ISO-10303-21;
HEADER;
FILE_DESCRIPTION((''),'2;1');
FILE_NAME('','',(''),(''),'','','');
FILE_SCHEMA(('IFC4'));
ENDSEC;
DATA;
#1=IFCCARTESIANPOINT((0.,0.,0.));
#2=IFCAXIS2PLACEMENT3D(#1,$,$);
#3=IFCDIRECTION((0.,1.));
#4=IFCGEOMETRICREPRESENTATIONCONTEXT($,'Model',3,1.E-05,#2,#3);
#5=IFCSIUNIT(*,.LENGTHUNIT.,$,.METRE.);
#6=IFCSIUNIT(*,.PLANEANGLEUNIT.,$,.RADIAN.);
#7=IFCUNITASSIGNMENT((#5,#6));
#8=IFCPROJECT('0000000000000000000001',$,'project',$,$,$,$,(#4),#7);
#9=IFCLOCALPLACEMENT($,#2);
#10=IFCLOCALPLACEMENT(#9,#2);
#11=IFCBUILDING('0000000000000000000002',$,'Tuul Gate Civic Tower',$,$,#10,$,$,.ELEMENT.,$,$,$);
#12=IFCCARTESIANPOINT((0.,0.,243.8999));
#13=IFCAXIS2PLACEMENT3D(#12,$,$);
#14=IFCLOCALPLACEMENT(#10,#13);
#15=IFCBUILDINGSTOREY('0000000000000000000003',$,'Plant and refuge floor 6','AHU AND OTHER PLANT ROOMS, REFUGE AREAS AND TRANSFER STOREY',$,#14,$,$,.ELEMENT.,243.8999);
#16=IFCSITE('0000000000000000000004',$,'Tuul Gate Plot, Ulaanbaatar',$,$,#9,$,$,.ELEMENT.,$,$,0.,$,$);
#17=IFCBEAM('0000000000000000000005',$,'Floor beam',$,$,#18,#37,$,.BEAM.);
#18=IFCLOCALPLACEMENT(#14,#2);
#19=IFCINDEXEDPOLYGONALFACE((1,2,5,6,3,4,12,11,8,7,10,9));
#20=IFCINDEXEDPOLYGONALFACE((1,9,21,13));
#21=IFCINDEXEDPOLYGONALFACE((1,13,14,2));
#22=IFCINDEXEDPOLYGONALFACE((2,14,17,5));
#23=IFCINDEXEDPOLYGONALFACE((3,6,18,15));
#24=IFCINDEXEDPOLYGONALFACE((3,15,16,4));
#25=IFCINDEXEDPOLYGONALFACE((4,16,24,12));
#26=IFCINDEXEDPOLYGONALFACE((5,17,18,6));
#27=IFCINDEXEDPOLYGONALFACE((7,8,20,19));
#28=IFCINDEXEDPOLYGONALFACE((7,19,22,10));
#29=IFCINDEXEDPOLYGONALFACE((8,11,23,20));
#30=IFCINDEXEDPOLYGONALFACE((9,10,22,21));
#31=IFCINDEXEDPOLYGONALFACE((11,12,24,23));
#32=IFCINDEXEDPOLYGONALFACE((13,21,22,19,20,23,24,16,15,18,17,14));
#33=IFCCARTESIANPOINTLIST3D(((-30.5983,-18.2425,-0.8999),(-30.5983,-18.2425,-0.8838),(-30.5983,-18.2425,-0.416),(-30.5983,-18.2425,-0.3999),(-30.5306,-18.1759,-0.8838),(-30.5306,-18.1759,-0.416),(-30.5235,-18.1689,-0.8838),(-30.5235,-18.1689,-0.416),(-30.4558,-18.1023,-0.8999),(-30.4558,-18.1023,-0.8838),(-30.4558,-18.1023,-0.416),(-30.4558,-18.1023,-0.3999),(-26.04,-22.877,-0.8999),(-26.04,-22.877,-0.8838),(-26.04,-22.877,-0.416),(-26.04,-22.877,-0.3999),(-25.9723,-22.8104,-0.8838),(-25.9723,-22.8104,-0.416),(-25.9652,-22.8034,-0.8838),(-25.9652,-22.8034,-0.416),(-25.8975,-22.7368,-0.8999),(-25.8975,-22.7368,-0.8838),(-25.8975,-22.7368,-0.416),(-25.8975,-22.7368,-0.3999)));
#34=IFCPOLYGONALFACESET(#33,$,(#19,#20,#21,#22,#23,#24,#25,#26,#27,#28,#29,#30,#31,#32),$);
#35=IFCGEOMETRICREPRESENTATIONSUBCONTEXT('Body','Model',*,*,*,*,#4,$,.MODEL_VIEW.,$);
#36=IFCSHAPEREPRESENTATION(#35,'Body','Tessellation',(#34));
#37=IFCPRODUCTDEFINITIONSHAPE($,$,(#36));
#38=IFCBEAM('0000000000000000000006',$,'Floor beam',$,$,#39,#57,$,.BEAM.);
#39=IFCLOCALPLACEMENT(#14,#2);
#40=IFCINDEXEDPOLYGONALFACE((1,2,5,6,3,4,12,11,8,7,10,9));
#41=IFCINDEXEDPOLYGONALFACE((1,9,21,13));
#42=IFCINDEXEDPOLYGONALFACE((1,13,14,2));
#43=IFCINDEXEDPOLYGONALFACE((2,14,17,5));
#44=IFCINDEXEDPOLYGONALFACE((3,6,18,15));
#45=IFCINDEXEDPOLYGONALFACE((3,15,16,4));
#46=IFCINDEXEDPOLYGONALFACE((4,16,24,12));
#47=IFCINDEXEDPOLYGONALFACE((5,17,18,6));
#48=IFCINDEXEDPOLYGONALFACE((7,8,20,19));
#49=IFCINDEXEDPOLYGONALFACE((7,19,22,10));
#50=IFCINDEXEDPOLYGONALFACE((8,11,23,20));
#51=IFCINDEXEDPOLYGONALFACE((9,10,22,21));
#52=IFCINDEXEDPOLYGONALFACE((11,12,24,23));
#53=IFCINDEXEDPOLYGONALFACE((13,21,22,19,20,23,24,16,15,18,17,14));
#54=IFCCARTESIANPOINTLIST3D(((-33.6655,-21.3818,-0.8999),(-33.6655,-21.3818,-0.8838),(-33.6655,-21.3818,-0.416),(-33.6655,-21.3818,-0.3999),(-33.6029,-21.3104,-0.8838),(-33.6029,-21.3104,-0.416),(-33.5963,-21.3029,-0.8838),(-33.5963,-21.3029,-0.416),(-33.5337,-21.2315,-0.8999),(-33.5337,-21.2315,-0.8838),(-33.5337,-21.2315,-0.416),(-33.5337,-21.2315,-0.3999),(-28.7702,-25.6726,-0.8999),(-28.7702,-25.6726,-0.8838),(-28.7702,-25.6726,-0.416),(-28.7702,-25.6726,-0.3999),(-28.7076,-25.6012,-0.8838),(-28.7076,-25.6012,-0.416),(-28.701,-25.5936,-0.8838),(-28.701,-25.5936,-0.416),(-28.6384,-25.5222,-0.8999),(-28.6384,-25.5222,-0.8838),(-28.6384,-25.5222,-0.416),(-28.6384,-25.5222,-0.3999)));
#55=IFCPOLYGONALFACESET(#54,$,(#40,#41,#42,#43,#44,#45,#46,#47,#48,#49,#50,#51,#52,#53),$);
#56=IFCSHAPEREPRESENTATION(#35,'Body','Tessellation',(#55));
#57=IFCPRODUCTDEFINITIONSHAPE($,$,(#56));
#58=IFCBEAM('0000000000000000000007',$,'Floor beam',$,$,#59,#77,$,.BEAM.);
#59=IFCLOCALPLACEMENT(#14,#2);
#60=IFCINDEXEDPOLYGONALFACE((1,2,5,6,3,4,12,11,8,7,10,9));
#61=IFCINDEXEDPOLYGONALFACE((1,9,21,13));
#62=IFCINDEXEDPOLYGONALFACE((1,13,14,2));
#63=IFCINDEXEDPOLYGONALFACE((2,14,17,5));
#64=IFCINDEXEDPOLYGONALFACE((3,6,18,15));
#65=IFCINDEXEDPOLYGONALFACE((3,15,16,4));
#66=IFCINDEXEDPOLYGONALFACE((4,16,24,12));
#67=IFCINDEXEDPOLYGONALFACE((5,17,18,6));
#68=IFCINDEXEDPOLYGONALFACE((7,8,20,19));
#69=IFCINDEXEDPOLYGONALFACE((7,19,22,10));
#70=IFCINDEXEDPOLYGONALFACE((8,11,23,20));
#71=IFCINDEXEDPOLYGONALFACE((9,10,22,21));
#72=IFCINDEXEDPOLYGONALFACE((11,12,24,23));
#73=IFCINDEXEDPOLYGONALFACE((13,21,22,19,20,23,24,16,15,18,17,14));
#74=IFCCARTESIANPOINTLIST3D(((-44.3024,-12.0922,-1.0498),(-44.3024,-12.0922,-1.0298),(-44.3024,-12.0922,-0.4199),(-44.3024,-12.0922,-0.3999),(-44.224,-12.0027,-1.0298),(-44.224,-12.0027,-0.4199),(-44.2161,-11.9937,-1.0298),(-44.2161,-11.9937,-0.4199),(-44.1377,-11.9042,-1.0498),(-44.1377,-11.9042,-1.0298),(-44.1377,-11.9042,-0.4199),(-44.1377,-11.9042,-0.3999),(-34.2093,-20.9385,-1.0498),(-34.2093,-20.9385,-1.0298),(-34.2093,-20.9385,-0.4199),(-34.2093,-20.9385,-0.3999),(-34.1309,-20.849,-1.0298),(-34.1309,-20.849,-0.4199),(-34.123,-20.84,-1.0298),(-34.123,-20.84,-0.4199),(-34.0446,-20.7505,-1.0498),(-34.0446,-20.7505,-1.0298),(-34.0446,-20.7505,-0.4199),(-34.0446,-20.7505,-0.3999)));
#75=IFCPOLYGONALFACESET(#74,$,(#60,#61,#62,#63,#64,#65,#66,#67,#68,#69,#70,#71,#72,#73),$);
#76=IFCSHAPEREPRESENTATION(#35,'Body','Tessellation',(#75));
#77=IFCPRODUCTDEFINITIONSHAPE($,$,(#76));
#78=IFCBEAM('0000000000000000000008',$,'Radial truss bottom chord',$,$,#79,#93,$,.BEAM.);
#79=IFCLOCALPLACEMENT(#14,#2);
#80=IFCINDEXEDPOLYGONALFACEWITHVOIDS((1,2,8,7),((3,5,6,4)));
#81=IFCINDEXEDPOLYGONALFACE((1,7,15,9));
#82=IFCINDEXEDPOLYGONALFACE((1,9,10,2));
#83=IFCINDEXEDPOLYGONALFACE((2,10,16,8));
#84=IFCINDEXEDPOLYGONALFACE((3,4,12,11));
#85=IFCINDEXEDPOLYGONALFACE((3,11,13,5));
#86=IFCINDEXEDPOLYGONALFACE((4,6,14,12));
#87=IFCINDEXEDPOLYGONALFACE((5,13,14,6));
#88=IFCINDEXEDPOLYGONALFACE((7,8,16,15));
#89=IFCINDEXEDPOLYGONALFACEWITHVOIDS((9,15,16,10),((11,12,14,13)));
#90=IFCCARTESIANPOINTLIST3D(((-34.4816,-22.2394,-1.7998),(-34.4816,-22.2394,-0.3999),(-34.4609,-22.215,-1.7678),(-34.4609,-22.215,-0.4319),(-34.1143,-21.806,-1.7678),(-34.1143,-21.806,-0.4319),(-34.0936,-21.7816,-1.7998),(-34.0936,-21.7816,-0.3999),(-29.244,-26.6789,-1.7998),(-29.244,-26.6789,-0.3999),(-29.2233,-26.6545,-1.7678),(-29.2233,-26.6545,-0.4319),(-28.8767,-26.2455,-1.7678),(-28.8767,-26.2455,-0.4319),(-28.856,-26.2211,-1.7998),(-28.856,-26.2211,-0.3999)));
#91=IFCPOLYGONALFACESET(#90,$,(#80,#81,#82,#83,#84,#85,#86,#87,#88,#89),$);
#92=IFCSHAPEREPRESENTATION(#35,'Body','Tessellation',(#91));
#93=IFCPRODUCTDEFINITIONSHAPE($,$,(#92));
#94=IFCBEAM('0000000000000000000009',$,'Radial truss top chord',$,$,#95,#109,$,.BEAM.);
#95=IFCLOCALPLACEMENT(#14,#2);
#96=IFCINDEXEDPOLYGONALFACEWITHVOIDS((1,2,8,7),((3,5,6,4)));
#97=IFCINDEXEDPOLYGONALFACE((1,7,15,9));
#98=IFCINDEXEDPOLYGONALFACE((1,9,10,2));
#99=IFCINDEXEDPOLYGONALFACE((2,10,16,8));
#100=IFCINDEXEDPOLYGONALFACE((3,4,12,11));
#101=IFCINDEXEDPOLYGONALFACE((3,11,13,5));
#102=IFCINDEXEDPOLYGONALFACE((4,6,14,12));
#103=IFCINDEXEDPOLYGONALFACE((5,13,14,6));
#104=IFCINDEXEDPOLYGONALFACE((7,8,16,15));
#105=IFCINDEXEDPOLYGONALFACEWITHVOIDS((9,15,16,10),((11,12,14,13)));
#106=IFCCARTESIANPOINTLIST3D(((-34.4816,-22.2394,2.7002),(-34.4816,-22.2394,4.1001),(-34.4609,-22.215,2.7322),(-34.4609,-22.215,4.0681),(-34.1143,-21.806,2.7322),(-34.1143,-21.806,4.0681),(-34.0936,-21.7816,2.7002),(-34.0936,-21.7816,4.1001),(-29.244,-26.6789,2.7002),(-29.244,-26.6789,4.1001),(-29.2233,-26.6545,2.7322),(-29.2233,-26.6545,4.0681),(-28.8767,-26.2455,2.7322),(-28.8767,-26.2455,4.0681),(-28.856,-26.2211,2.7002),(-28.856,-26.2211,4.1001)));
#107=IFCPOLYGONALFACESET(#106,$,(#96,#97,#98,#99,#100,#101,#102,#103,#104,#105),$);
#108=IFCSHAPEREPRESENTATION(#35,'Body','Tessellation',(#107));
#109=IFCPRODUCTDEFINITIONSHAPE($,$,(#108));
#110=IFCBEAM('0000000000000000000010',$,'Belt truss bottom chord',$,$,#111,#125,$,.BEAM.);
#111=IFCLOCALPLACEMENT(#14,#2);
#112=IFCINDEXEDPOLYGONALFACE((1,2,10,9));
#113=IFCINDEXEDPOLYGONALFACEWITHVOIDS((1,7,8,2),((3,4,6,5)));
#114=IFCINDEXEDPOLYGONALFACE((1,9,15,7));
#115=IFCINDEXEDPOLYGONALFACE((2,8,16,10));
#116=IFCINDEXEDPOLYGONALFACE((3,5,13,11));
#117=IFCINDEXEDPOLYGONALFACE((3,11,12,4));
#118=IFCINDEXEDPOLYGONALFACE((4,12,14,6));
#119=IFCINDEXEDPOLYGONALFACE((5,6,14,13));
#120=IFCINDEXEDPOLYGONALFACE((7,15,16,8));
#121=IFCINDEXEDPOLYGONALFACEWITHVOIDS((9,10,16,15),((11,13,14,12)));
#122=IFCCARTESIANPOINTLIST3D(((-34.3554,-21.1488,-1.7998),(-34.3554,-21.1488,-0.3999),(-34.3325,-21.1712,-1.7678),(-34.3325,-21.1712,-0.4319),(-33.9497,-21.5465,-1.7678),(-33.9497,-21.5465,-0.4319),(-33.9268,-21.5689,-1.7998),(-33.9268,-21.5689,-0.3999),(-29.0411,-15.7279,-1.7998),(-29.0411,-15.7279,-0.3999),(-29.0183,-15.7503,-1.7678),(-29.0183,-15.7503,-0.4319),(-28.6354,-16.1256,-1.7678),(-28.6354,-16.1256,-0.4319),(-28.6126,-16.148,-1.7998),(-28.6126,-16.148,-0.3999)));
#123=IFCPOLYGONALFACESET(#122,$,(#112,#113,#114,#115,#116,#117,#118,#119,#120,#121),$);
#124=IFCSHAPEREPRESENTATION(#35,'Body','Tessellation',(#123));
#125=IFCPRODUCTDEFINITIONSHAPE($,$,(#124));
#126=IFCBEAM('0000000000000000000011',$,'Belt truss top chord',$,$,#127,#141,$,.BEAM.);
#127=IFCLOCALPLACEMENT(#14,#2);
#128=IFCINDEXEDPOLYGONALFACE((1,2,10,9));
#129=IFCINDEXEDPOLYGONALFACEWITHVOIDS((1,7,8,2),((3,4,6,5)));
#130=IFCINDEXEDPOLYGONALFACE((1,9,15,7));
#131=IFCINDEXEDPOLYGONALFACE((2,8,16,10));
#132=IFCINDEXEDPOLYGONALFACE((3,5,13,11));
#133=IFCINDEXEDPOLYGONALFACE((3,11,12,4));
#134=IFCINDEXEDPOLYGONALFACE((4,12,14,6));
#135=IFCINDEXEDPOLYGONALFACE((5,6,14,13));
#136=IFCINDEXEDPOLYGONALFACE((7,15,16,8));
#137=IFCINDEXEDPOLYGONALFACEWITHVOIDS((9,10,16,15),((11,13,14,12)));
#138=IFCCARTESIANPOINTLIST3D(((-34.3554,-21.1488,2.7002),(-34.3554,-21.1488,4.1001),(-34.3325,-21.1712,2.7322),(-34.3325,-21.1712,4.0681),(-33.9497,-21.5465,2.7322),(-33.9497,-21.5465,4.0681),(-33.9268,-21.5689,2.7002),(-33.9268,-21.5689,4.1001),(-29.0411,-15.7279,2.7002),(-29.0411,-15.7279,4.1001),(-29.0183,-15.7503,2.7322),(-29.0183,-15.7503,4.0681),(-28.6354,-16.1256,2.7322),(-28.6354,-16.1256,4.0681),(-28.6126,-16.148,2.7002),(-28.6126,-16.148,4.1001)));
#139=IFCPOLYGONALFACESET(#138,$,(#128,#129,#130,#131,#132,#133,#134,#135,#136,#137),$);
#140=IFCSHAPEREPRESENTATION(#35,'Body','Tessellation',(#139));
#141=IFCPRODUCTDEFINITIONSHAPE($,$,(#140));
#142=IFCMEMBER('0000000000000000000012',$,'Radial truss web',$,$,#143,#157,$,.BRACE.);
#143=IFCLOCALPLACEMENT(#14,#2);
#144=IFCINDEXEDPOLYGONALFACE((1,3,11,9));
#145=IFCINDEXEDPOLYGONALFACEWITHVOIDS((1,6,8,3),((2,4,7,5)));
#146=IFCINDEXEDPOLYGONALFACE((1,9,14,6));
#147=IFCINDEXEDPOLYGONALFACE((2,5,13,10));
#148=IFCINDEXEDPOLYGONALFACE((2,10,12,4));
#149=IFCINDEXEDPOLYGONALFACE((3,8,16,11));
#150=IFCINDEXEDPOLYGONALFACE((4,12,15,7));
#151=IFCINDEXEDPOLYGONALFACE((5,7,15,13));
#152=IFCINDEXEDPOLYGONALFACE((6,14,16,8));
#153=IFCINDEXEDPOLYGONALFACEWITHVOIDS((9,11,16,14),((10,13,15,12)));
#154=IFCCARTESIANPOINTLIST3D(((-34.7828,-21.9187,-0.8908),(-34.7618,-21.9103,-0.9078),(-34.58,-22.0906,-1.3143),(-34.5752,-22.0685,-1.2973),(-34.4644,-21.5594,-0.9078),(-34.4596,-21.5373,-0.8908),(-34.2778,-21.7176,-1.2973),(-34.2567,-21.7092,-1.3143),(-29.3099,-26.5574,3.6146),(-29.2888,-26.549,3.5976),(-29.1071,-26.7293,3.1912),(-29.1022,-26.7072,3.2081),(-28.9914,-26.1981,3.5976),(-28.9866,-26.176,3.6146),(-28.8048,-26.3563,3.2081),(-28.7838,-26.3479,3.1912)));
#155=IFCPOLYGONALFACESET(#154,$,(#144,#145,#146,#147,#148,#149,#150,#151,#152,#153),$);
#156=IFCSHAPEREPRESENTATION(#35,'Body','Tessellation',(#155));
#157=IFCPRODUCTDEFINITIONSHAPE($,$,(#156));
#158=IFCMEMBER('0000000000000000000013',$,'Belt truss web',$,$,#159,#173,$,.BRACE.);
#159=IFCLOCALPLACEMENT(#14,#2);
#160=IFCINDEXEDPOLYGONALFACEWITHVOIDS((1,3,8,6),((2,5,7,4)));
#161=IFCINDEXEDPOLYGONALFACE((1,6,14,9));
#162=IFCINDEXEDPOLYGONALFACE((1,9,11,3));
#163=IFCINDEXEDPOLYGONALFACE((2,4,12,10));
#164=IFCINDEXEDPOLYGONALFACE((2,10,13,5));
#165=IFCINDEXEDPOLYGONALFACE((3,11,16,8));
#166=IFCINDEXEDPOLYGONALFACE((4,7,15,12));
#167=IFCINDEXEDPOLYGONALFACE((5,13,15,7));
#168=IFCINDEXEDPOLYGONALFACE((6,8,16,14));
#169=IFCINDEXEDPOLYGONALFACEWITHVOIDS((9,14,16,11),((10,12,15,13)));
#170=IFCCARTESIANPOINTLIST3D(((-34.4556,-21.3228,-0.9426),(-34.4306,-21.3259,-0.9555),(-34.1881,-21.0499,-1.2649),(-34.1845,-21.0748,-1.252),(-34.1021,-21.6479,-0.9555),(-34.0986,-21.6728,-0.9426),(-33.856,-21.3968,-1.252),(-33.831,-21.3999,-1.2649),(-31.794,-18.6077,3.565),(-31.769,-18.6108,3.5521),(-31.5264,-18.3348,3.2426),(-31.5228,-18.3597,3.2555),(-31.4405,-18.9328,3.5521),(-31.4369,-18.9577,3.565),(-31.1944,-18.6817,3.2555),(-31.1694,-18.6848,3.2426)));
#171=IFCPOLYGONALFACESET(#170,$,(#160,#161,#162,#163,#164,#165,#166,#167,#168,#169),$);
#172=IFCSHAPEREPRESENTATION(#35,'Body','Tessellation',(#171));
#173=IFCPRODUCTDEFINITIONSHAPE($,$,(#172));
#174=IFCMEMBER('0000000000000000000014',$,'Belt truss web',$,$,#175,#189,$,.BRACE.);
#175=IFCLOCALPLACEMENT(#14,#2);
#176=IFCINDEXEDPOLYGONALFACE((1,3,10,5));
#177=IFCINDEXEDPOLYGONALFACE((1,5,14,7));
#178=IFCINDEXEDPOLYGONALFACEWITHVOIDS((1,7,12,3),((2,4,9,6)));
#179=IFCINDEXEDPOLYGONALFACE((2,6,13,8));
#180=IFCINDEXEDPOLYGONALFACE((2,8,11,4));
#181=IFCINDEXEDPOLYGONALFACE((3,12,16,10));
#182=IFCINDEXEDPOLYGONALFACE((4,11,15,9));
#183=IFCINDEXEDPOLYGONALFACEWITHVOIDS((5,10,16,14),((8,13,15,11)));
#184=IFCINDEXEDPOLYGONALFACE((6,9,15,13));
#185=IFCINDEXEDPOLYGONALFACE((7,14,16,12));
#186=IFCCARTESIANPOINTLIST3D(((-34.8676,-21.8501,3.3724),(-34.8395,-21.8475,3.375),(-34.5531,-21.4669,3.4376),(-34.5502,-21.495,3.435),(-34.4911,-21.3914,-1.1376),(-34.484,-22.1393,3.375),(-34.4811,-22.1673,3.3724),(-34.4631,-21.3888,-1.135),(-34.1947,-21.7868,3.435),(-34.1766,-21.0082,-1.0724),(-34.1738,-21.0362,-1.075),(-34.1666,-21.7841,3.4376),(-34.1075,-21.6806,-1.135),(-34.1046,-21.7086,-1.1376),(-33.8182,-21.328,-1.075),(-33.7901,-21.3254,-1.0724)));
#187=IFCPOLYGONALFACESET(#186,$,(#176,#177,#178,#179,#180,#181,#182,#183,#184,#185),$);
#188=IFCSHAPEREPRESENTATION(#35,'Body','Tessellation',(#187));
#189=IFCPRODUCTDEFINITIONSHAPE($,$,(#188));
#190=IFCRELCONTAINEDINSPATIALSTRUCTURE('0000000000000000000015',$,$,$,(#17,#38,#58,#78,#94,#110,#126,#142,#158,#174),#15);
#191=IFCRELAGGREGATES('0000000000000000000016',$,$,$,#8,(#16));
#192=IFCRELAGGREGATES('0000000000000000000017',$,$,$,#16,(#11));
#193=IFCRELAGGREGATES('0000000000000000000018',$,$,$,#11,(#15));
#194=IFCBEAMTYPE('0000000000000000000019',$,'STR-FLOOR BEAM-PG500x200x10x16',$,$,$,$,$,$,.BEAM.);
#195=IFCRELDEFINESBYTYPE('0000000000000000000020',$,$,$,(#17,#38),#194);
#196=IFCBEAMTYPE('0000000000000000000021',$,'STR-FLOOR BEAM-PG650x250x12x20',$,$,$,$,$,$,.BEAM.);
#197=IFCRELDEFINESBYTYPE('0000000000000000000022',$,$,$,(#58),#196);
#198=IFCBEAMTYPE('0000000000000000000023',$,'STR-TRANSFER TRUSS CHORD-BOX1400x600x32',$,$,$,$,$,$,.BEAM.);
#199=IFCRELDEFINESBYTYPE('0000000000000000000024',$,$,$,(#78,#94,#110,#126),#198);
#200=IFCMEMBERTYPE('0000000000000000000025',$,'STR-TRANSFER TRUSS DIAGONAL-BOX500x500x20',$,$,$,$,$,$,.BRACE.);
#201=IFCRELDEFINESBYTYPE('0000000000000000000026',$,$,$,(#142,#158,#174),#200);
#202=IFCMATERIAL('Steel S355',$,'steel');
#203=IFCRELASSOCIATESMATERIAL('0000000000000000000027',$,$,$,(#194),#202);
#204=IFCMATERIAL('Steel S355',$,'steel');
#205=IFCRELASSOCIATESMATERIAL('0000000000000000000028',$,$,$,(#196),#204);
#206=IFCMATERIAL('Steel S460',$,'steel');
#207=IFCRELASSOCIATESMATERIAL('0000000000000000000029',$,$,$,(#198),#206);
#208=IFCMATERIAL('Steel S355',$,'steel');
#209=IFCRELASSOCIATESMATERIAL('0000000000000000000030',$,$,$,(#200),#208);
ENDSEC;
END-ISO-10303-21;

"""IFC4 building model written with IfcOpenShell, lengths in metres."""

from ifc_helpers import new_model, si_unit, direction, frame, origin, origin_2d, place, context, subcontext, project, spatial, hollow_rectangle, i_section, extrude, material, material_profile, profile_set, type_object, element, save


model = new_model("IFC4")

# Units and contexts
model_context = context("Model", 3, precision=1e-05, world=origin(), true_north=direction((0.0, 1.0)))
body_context = subcontext(model_context, "Body", "Model", "MODEL_VIEW")
ifc_project = project(units=[si_unit("LENGTHUNIT", "METRE"), si_unit("PLANEANGLEUNIT", "RADIAN")], contexts=[model_context])

# Site, building, storey
site_placement = place(None, origin())
site = spatial("IfcSite", under=ifc_project, at=site_placement, Name="Tuul Gate Plot, Ulaanbaatar", CompositionType="ELEMENT", RefElevation=0.0)
building_placement = place(site_placement, origin())
building = spatial("IfcBuilding", under=site, at=building_placement, Name="Tuul Gate Civic Tower", CompositionType="ELEMENT")
storey_placement = place(building_placement, frame((0.0, 0.0, 243.8999)))
storey = spatial("IfcBuildingStorey", under=building, at=storey_placement, Name="Plant and refuge floor 6", Description="AHU AND OTHER PLANT ROOMS, REFUGE AREAS AND TRANSFER STOREY", CompositionType="ELEMENT", Elevation=243.8999)

# Beams
ifc_material_1 = material(Name="Steel S355", Category="steel")
ifc_material_profile_1 = material_profile(ifc_material_1, i_section(OverallWidth=0.2, OverallDepth=0.5, WebThickness=0.01, FlangeThickness=0.0161, at=origin_2d()), Name="PG500x200x10x16")
ifc_profile_set_1 = profile_set([ifc_material_profile_1], Name="Steel S355")
beam_type_1 = type_object("IfcBeamType", Name="STR-FLOOR BEAM-PG500x200x10x16", PredefinedType="BEAM", material=ifc_profile_set_1)
beam_1_placement = place(storey_placement, frame((-25.9688, -22.8069, -0.6499), z_axis=(-0.701224, 0.712941, 0.0), x_axis=(-0.712941, -0.701224, 0.0)))
element("IfcBeam", 1, at=beam_1_placement, inside=storey, type_object=beam_type_1, Name="Floor beam", PredefinedType="BEAM", context=body_context, shape_type="SweptSolid", body=[
    extrude(i_section(OverallWidth=0.2, OverallDepth=0.5, WebThickness=0.01, FlangeThickness=0.0161, at=origin_2d()), origin(), (0.0, 0.0, 1.0), 6.5005),
])
beam_2_placement = place(storey_placement, frame((-28.7043, -25.5974, -0.6499), z_axis=(-0.752012, 0.65915, 0.0), x_axis=(-0.65915, -0.752012, 0.0)))
element("IfcBeam", 2, at=beam_2_placement, inside=storey, type_object=beam_type_1, Name="Floor beam", PredefinedType="BEAM", context=body_context, shape_type="SweptSolid", body=[
    extrude(i_section(OverallWidth=0.2, OverallDepth=0.5, WebThickness=0.01, FlangeThickness=0.0161, at=origin_2d()), origin(), (0.0, 0.0, 1.0), 6.5095),
])
ifc_material_2 = material(Name="Steel S355", Category="steel")
ifc_material_profile_2 = material_profile(ifc_material_2, i_section(OverallWidth=0.25, OverallDepth=0.6499, WebThickness=0.012, FlangeThickness=0.02, at=origin_2d()), Name="PG650x250x12x20")
ifc_profile_set_2 = profile_set([ifc_material_profile_2], Name="Steel S355")
beam_type_2 = type_object("IfcBeamType", Name="STR-FLOOR BEAM-PG650x250x12x20", PredefinedType="BEAM", material=ifc_profile_set_2)
beam_3_placement = place(storey_placement, frame((-34.127, -20.8445, -0.7249), z_axis=(-0.75203, 0.659129, 0.0), x_axis=(-0.659129, -0.75203, 0.0)))
element("IfcBeam", 3, at=beam_3_placement, inside=storey, type_object=beam_type_2, Name="Floor beam", PredefinedType="BEAM", context=body_context, shape_type="SweptSolid", body=[
    extrude(i_section(OverallWidth=0.25, OverallDepth=0.6499, WebThickness=0.012, FlangeThickness=0.02, at=origin_2d()), origin(), (0.0, 0.0, 1.0), 13.4211),
])
ifc_material_3 = material(Name="Steel S460", Category="steel")
ifc_material_profile_3 = material_profile(ifc_material_3, hollow_rectangle(XDim=0.6001, YDim=1.3999, WallThickness=0.032, at=origin_2d()), Name="BOX1400x600x32")
ifc_profile_set_3 = profile_set([ifc_material_profile_3], Name="Steel S460")
beam_type_3 = type_object("IfcBeamType", Name="STR-TRANSFER TRUSS CHORD-BOX1400x600x32", PredefinedType="BEAM", material=ifc_profile_set_3)
for number, where, z_axis, x_axis, name in (
    (4, (-34.2876, -22.0105, -1.0999), (0.762834, -0.646594, 0.0), (0.646594, 0.762834, 0.0), "Radial truss bottom chord"),
    (5, (-34.2876, -22.0105, 3.4001), (0.762834, -0.646594, 0.0), (0.646594, 0.762834, 0.0), "Radial truss top chord"),
):
    element("IfcBeam", number, at=place(storey_placement, frame(where, z_axis=z_axis, x_axis=x_axis)), inside=storey, type_object=beam_type_3, Name=name, PredefinedType="BEAM", context=body_context, shape_type="SweptSolid", body=[
        extrude(hollow_rectangle(XDim=0.6001, YDim=1.3999, WallThickness=0.032, at=origin_2d()), origin(), (0.0, 0.0, 1.0), 6.866),
    ])
for number, where, z_axis, x_axis, name in (
    (6, (-34.1411, -21.3589, -1.0999), (0.700045, 0.714099, 0.0), (-0.714099, 0.700045, 0.0), "Belt truss bottom chord"),
    (7, (-34.1411, -21.3589, 3.4001), (0.700045, 0.714099, 0.0), (-0.714099, 0.700045, 0.0), "Belt truss top chord"),
):
    element("IfcBeam", number, at=place(storey_placement, frame(where, z_axis=z_axis, x_axis=x_axis)), inside=storey, type_object=beam_type_3, Name=name, PredefinedType="BEAM", context=body_context, shape_type="SweptSolid", body=[
        extrude(hollow_rectangle(XDim=0.6001, YDim=1.3999, WallThickness=0.032, at=origin_2d()), origin(), (0.0, 0.0, 1.0), 7.5913),
    ])

# Members
ifc_material_4 = material(Name="Steel S355", Category="steel")
ifc_material_profile_4 = material_profile(ifc_material_4, hollow_rectangle(XDim=0.5, YDim=0.5, WallThickness=0.02, at=origin_2d()), Name="BOX500x500x20")
ifc_profile_set_4 = profile_set([ifc_material_profile_4], Name="Steel S355")
member_type_1 = type_object("IfcMemberType", Name="STR-TRANSFER TRUSS DIAGONAL-BOX500x500x20", PredefinedType="BRACE", material=ifc_profile_set_4)
member_1_placement = place(storey_placement, frame((-34.5198, -21.814, -1.1025), z_axis=(0.646028, -0.547555, 0.53182), x_axis=(0.646572, 0.762853, 0.0)))
element("IfcMember", 8, at=member_1_placement, inside=storey, type_object=member_type_1, Name="Radial truss web", PredefinedType="BRACE", context=body_context, shape_type="SweptSolid", body=[
    extrude(hollow_rectangle(XDim=0.5, YDim=0.5, WallThickness=0.02, at=origin_2d()), origin(), (0.0, 0.0, 1.0), 8.4717),
])
member_2_placement = place(storey_placement, frame((-34.1433, -21.3613, -1.1038), z_axis=(0.451355, 0.460422, 0.764389), x_axis=(-0.714103, 0.700041, 0.0)))
element("IfcMember", 9, at=member_2_placement, inside=storey, type_object=member_type_1, Name="Belt truss web", PredefinedType="BRACE", context=body_context, shape_type="SweptSolid", body=[
    extrude(hollow_rectangle(XDim=0.5, YDim=0.5, WallThickness=0.02, at=origin_2d()), origin(), (0.0, 0.0, 1.0), 5.897),
])
member_3_placement = place(storey_placement, frame((-34.1406, -21.3584, -1.105), z_axis=(-0.08276, -0.100847, 0.991454), x_axis=(0.773022, -0.63438, 0.0)))
element("IfcMember", 10, at=member_3_placement, inside=storey, type_object=member_type_1, Name="Belt truss web", PredefinedType="BRACE", context=body_context, shape_type="SweptSolid", body=[
    extrude(hollow_rectangle(XDim=0.5, YDim=0.5, WallThickness=0.02, at=origin_2d()), origin(), (0.0, 0.0, 1.0), 4.5488),
])

save(model, "model.ifc")
